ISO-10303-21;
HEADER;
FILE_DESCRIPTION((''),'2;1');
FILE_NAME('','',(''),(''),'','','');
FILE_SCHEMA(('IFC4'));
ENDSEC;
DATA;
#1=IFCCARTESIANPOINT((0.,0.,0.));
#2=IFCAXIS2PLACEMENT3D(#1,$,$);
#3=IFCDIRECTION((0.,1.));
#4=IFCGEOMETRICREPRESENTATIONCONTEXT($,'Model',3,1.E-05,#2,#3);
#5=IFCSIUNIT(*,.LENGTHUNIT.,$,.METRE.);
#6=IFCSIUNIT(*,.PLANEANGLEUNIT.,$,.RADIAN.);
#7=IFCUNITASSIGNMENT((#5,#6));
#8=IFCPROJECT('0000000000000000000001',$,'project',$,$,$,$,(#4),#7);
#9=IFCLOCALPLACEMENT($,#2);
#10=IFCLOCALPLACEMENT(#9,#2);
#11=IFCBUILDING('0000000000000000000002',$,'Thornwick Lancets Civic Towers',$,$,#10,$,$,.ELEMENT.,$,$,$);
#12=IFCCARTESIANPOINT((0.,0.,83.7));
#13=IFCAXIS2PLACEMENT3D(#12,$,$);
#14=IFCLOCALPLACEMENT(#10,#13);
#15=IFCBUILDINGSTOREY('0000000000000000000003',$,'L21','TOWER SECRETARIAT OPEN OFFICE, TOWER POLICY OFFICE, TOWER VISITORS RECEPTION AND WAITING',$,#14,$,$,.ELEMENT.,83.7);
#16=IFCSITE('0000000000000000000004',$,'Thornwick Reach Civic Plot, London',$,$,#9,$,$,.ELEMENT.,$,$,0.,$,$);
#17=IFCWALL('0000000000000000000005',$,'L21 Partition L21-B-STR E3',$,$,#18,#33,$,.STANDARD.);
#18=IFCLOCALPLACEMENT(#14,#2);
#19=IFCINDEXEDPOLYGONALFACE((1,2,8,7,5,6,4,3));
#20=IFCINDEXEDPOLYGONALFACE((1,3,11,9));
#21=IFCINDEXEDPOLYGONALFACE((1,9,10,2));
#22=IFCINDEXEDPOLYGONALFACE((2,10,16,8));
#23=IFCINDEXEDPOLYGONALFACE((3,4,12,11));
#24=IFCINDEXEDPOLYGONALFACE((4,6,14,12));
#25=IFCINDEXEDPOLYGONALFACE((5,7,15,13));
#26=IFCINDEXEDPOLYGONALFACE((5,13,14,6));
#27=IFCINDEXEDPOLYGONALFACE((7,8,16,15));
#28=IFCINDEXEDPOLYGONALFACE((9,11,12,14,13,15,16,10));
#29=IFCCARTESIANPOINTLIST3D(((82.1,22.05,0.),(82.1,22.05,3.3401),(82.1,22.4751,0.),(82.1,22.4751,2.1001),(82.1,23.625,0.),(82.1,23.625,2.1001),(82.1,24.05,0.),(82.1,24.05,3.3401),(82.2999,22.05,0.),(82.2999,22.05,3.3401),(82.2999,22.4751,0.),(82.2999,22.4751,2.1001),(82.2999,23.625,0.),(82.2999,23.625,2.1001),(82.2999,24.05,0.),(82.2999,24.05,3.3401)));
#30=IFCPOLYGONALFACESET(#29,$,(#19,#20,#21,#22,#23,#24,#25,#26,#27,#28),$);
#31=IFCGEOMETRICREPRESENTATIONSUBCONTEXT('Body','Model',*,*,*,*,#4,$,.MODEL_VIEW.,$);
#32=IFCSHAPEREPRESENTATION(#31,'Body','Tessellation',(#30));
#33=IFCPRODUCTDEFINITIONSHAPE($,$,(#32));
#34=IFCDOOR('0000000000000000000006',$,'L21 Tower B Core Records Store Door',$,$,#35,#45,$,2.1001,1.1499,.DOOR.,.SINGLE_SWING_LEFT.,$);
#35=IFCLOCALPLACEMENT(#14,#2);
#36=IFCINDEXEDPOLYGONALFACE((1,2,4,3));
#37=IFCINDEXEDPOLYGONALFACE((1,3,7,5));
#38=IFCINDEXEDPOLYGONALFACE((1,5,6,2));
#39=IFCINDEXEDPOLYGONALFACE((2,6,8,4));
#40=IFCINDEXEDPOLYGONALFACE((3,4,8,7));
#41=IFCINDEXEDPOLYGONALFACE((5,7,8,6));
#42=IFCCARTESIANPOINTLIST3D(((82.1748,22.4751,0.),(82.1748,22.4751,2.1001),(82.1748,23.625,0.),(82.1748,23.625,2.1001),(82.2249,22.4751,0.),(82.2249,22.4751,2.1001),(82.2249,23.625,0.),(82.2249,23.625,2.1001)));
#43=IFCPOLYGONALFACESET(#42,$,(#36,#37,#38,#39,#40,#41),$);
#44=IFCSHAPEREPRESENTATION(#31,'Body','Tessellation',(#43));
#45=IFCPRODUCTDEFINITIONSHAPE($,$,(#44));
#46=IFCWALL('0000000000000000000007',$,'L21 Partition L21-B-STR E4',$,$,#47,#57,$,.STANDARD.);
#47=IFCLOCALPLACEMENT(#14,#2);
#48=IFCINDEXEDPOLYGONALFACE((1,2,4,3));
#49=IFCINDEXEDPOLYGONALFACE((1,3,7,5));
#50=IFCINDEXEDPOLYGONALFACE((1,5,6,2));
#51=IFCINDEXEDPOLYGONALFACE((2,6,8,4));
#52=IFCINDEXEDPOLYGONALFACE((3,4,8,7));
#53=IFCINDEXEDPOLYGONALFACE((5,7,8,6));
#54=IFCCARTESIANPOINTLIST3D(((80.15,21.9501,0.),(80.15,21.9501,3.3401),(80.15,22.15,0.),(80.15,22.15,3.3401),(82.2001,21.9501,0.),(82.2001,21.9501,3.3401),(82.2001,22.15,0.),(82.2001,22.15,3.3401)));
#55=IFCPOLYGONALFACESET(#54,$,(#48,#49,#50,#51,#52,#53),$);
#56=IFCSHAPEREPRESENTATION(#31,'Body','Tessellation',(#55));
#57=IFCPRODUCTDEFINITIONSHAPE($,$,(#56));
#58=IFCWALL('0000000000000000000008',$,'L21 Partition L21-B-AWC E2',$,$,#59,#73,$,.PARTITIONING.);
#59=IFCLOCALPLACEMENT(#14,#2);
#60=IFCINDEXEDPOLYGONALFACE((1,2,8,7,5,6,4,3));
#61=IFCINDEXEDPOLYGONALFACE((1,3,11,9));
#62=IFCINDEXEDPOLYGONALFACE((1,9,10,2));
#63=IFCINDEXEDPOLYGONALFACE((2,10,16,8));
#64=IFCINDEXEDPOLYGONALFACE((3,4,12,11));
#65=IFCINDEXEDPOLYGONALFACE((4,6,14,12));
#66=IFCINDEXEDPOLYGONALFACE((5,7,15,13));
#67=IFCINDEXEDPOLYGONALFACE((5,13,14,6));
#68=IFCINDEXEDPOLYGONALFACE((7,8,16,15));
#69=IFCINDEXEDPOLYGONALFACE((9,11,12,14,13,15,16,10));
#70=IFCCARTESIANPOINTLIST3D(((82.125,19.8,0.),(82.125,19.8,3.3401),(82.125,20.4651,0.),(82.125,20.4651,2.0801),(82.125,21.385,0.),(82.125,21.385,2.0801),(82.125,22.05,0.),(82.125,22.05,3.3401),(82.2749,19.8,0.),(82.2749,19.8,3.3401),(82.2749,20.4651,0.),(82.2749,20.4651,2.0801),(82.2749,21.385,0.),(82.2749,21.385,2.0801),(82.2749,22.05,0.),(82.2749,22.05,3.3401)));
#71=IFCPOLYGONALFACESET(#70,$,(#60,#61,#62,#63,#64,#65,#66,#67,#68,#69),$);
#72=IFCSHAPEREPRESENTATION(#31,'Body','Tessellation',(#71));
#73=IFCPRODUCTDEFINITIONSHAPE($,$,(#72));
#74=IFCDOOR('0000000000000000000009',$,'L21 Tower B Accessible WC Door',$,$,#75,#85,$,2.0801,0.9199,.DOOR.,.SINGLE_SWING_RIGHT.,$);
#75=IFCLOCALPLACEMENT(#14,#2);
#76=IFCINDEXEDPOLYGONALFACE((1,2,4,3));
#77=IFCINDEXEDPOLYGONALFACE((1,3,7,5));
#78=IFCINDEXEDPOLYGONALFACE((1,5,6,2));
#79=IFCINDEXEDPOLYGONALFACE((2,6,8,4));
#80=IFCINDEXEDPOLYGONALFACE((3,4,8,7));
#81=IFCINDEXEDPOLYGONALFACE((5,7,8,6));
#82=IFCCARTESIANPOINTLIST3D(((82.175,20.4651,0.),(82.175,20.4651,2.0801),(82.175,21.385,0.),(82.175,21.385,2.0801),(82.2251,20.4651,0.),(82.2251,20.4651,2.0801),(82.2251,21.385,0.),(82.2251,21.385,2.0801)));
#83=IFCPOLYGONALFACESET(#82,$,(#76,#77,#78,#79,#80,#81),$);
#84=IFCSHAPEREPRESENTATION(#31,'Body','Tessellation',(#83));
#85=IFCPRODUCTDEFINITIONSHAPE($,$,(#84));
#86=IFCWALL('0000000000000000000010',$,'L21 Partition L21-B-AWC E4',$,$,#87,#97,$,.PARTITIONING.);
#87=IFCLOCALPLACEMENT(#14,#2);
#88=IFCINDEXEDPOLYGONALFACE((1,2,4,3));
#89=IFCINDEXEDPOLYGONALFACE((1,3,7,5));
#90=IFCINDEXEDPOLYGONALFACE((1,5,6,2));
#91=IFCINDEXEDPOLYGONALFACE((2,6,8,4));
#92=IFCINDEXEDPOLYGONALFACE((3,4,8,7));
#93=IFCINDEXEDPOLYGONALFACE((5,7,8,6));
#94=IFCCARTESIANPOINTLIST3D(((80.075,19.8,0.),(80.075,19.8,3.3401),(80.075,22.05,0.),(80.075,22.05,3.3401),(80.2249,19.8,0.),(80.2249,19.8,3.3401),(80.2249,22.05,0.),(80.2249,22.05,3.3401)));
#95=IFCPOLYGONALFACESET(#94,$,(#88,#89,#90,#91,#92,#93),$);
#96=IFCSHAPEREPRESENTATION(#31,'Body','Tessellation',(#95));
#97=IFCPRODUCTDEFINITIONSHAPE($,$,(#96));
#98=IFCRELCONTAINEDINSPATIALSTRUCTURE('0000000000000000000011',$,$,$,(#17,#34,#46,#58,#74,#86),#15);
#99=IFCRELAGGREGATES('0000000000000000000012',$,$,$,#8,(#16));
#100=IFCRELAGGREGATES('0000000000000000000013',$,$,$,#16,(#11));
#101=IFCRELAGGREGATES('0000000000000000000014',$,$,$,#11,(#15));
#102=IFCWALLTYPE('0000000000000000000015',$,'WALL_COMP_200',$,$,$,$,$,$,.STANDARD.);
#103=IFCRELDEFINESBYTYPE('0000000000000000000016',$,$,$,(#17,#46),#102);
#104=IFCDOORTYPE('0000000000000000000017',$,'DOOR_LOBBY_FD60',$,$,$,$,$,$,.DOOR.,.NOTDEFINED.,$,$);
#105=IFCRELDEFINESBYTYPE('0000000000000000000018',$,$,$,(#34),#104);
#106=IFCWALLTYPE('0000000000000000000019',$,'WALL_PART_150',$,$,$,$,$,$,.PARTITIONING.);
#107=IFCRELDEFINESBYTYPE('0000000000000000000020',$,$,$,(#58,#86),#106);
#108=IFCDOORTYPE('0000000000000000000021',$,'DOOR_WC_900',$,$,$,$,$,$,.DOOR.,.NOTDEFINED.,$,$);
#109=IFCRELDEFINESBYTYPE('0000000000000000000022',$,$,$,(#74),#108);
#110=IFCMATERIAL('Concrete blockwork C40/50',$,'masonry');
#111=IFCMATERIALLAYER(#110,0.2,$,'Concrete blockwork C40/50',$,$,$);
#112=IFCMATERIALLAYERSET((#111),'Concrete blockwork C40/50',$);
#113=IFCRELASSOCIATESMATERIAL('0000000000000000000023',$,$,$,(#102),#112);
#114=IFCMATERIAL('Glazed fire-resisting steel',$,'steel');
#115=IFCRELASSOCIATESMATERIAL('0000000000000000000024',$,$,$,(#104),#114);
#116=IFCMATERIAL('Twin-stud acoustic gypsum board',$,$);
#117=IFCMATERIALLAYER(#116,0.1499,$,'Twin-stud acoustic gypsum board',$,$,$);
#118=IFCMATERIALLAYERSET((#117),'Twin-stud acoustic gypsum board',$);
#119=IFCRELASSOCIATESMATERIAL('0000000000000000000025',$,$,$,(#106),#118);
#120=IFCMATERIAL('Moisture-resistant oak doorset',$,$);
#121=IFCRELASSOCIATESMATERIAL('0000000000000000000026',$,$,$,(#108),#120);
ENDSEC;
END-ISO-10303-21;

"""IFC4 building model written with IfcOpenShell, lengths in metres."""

from ifc_helpers import new_model, si_unit, direction, frame, frame_2d, origin, place, context, subcontext, project, spatial, rectangle, extrude, material, layer, layer_set, type_object, element, fill, save


model = new_model("IFC4")

# Units and contexts
model_context = context("Model", 3, precision=1e-05, world=origin(), true_north=direction((0.0, 1.0)))
body_context = subcontext(model_context, "Body", "Model", "MODEL_VIEW")
ifc_project = project(units=[si_unit("LENGTHUNIT", "METRE"), si_unit("PLANEANGLEUNIT", "RADIAN")], contexts=[model_context])

# Site, building, storey
site_placement = place(None, origin())
site = spatial("IfcSite", under=ifc_project, at=site_placement, Name="Thornwick Reach Civic Plot, London", CompositionType="ELEMENT", RefElevation=0.0)
building_placement = place(site_placement, origin())
building = spatial("IfcBuilding", under=site, at=building_placement, Name="Thornwick Lancets Civic Towers", CompositionType="ELEMENT")
storey_placement = place(building_placement, frame((0.0, 0.0, 83.7)))
storey = spatial("IfcBuildingStorey", under=building, at=storey_placement, Name="L21", Description="TOWER SECRETARIAT OPEN OFFICE, TOWER POLICY OFFICE, TOWER VISITORS RECEPTION AND WAITING", CompositionType="ELEMENT", Elevation=83.7)

# Shared definitions
ifc_material_1 = material(Name="Concrete blockwork C40/50", Category="masonry")
ifc_layer_1 = layer(ifc_material_1, 0.2, Name="Concrete blockwork C40/50")
ifc_layer_set_1 = layer_set([ifc_layer_1], Name="Concrete blockwork C40/50")
wall_type_1 = type_object("IfcWallType", Name="WALL_COMP_200", PredefinedType="STANDARD", material=ifc_layer_set_1)

# Wall, opening, door
wall_1_placement = place(storey_placement, frame((82.2, 24.05, 0.0), z_axis=(0.0, 0.0, 1.0), x_axis=(0.0, -1.0, 0.0)))
wall_1 = element("IfcWall", 1, at=wall_1_placement, inside=storey, type_object=wall_type_1, Name="L21 Partition L21-B-STR E3", PredefinedType="STANDARD", context=body_context, shape_type="SweptSolid", body=[
    extrude(rectangle(XDim=2.0, YDim=0.2, at=frame_2d((1.0, 0.0))), origin(), (0.0, 0.0, 1.0), 3.3401),
])
opening_1_placement = place(wall_1_placement, frame((0.425, 0.0, 0.0)))
opening_1 = element("IfcOpeningElement", 2, at=opening_1_placement, cuts=wall_1, PredefinedType="OPENING", context=body_context, shape_type="SweptSolid", body=[
    extrude(rectangle(XDim=1.1499, YDim=2.1001, at=frame_2d((0.575, 1.05))), frame((0.0, 0.1099, 0.0), z_axis=(0.0, -1.0, 0.0), x_axis=(1.0, 0.0, 0.0)), (0.0, 0.0, 1.0), 0.22),
])
ifc_material_2 = material(Name="Glazed fire-resisting steel", Category="steel")
door_type_1 = type_object("IfcDoorType", Name="DOOR_LOBBY_FD60", OperationType="NOTDEFINED", PredefinedType="DOOR", material=ifc_material_2)
door_1_placement = place(opening_1_placement, origin())
door_1 = element("IfcDoor", 3, at=door_1_placement, inside=storey, type_object=door_type_1, Name="L21 Tower B Core Records Store Door", OperationType="SINGLE_SWING_LEFT", OverallHeight=2.1001, OverallWidth=1.1499, PredefinedType="DOOR", context=body_context, shape_type="SweptSolid", body=[
    extrude(rectangle(XDim=1.1499, YDim=2.1001, at=frame_2d((0.575, 1.05))), frame((0.0, 0.0249, 0.0), z_axis=(0.0, -1.0, 0.0), x_axis=(1.0, 0.0, 0.0)), (0.0, 0.0, 1.0), 0.05),
])
fill(opening_1, door_1)

# Wall
wall_2_placement = place(storey_placement, frame((82.2, 22.05, 0.0), z_axis=(0.0, 0.0, 1.0), x_axis=(-1.0, 0.0, 0.0)))
element("IfcWall", 4, at=wall_2_placement, inside=storey, type_object=wall_type_1, Name="L21 Partition L21-B-STR E4", PredefinedType="STANDARD", context=body_context, shape_type="SweptSolid", body=[
    extrude(rectangle(XDim=2.05, YDim=0.2, at=frame_2d((1.0249, 0.0))), origin(), (0.0, 0.0, 1.0), 3.3401),
])

# Wall, opening, door
ifc_material_3 = material(Name="Twin-stud acoustic gypsum board")
ifc_layer_2 = layer(ifc_material_3, 0.1499, Name="Twin-stud acoustic gypsum board")
ifc_layer_set_2 = layer_set([ifc_layer_2], Name="Twin-stud acoustic gypsum board")
wall_type_2 = type_object("IfcWallType", Name="WALL_PART_150", PredefinedType="PARTITIONING", material=ifc_layer_set_2)
wall_3_placement = place(storey_placement, frame((82.2, 19.8, 0.0), z_axis=(0.0, 0.0, 1.0), x_axis=(0.0, 1.0, 0.0)))
wall_3 = element("IfcWall", 5, at=wall_3_placement, inside=storey, type_object=wall_type_2, Name="L21 Partition L21-B-AWC E2", PredefinedType="PARTITIONING", context=body_context, shape_type="SweptSolid", body=[
    extrude(rectangle(XDim=2.25, YDim=0.1499, at=frame_2d((1.125, 0.0))), origin(), (0.0, 0.0, 1.0), 3.3401),
])
opening_2_placement = place(wall_3_placement, frame((0.665, 0.0, 0.0)))
opening_2 = element("IfcOpeningElement", 6, at=opening_2_placement, cuts=wall_3, PredefinedType="OPENING", context=body_context, shape_type="SweptSolid", body=[
    extrude(rectangle(XDim=0.9199, YDim=2.0801, at=frame_2d((0.46, 1.04))), frame((0.0, 0.085, 0.0), z_axis=(0.0, -1.0, 0.0), x_axis=(1.0, 0.0, 0.0)), (0.0, 0.0, 1.0), 0.1699),
])
ifc_material_4 = material(Name="Moisture-resistant oak doorset")
door_type_2 = type_object("IfcDoorType", Name="DOOR_WC_900", OperationType="NOTDEFINED", PredefinedType="DOOR", material=ifc_material_4)
door_2_placement = place(opening_2_placement, origin())
door_2 = element("IfcDoor", 7, at=door_2_placement, inside=storey, type_object=door_type_2, Name="L21 Tower B Accessible WC Door", OperationType="SINGLE_SWING_RIGHT", OverallHeight=2.0801, OverallWidth=0.9199, PredefinedType="DOOR", context=body_context, shape_type="SweptSolid", body=[
    extrude(rectangle(XDim=0.9199, YDim=2.0801, at=frame_2d((0.46, 1.04))), frame((0.0, 0.0249, 0.0), z_axis=(0.0, -1.0, 0.0), x_axis=(1.0, 0.0, 0.0)), (0.0, 0.0, 1.0), 0.05),
])
fill(opening_2, door_2)

# Wall
wall_4_placement = place(storey_placement, frame((80.1499, 22.05, 0.0), z_axis=(0.0, 0.0, 1.0), x_axis=(0.0, -1.0, 0.0)))
element("IfcWall", 8, at=wall_4_placement, inside=storey, type_object=wall_type_2, Name="L21 Partition L21-B-AWC E4", PredefinedType="PARTITIONING", context=body_context, shape_type="SweptSolid", body=[
    extrude(rectangle(XDim=2.25, YDim=0.1499, at=frame_2d((1.125, 0.0))), origin(), (0.0, 0.0, 1.0), 3.3401),
])

save(model, "model.ifc")
